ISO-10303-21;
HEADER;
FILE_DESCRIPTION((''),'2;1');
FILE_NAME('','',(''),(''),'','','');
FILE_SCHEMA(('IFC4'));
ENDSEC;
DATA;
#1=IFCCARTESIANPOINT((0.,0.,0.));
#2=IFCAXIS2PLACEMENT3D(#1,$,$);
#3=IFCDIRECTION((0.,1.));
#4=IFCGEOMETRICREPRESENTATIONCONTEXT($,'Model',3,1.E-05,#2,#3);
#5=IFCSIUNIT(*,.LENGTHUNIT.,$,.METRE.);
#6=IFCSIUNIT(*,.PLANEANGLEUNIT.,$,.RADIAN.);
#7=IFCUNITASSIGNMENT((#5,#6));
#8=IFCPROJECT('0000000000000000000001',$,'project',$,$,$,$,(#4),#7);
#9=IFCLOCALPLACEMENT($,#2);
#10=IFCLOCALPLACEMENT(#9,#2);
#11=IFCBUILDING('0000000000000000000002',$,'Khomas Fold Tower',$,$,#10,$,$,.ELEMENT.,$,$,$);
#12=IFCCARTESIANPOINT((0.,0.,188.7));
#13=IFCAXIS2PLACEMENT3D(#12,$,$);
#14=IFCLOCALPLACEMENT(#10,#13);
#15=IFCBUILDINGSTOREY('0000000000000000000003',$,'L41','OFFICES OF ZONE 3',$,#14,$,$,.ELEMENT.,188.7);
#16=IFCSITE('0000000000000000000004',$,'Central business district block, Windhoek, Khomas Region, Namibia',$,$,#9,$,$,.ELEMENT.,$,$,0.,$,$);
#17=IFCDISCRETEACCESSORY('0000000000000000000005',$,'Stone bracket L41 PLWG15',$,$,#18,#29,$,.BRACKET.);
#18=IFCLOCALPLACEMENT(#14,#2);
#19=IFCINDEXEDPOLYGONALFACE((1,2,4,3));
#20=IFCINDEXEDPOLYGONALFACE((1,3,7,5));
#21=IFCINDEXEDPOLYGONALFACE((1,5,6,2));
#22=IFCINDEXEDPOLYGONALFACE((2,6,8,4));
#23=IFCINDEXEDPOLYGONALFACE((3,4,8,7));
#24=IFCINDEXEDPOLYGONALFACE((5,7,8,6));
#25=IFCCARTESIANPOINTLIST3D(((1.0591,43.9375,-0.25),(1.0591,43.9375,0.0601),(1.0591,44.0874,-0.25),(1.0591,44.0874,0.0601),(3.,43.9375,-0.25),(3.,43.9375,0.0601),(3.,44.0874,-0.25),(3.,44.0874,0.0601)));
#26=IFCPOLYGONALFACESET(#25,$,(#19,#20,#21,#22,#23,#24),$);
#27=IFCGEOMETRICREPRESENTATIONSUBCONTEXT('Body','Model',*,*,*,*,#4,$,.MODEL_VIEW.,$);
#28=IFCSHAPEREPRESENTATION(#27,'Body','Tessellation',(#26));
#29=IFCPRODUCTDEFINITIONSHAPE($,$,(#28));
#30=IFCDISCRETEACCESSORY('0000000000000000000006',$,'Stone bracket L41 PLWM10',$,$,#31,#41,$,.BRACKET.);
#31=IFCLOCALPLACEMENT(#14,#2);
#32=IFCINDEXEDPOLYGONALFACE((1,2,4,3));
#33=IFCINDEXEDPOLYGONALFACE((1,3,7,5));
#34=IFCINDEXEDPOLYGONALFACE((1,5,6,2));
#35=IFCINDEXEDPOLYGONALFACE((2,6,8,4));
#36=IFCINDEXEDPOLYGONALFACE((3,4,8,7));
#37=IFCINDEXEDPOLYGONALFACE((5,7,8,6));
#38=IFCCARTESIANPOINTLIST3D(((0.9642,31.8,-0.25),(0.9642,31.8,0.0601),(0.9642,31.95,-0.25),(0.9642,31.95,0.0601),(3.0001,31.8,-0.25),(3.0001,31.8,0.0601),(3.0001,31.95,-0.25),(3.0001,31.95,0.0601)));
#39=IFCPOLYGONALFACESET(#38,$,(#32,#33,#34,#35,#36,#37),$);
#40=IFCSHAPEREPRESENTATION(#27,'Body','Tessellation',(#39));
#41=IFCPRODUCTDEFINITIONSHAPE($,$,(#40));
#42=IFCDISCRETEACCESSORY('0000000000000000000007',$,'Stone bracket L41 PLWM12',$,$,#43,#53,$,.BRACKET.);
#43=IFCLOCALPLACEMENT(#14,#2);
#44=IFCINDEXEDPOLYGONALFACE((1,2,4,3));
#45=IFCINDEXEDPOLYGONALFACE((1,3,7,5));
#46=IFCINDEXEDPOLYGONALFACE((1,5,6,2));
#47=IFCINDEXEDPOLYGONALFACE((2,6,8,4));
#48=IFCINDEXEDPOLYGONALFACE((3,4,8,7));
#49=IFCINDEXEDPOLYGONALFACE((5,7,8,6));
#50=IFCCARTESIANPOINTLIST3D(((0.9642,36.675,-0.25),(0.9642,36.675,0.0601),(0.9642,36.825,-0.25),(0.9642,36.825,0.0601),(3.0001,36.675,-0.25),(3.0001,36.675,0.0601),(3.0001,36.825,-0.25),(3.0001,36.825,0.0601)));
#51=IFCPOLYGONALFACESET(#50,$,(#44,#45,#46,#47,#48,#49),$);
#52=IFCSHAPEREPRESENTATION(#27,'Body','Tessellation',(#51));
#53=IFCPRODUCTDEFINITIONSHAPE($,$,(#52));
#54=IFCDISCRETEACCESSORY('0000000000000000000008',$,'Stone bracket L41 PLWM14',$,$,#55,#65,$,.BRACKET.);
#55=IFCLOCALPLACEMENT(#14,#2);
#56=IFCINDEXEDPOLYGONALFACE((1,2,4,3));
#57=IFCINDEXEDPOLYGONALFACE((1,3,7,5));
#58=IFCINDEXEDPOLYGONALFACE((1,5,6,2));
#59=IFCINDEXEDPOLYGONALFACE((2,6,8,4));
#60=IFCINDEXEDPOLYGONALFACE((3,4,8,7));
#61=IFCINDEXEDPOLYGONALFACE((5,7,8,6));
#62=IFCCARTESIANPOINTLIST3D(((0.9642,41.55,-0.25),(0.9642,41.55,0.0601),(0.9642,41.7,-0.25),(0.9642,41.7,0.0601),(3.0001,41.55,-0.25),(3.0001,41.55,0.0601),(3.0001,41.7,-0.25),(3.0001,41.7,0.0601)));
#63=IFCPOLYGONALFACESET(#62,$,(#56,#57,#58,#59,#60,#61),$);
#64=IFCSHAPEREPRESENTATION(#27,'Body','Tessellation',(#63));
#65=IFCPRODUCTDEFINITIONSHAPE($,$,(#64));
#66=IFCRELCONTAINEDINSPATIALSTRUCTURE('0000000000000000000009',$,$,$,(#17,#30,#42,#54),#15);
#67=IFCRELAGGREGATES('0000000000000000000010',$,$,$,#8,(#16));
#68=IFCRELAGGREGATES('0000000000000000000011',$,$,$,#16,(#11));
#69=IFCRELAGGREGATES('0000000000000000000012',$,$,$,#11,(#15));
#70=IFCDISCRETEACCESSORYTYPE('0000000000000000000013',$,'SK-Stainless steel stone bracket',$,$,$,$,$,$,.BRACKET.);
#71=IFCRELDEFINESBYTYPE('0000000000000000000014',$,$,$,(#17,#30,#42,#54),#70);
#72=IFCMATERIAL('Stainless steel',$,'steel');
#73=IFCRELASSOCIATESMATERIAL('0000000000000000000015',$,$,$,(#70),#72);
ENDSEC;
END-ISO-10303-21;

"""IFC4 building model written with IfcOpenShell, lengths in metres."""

from ifc_helpers import new_model, si_unit, direction, frame, origin, origin_2d, place, context, subcontext, project, spatial, rectangle, extrude, source, transform, mapped, material, type_object, element, save


model = new_model("IFC4")

# Units and contexts
model_context = context("Model", 3, precision=1e-05, world=origin(), true_north=direction((0.0, 1.0)))
body_context = subcontext(model_context, "Body", "Model", "MODEL_VIEW")
ifc_project = project(units=[si_unit("LENGTHUNIT", "METRE"), si_unit("PLANEANGLEUNIT", "RADIAN")], contexts=[model_context])

# Site, building, storey
site_placement = place(None, origin())
site = spatial("IfcSite", under=ifc_project, at=site_placement, Name="Central business district block, Windhoek, Khomas Region, Namibia", CompositionType="ELEMENT", RefElevation=0.0)
building_placement = place(site_placement, origin())
building = spatial("IfcBuilding", under=site, at=building_placement, Name="Khomas Fold Tower", CompositionType="ELEMENT")
storey_placement = place(building_placement, frame((0.0, 0.0, 188.7)))
storey = spatial("IfcBuildingStorey", under=building, at=storey_placement, Name="L41", Description="OFFICES OF ZONE 3", CompositionType="ELEMENT", Elevation=188.7)

# Discrete accessories
ifc_material_1 = material(Name="Stainless steel", Category="steel")
discrete_accessory_type = type_object("IfcDiscreteAccessoryType", Name="SK-Stainless steel stone bracket", PredefinedType="BRACKET", material=ifc_material_1)
shared_shape_1 = source(origin(), body_context, "Body", "SweptSolid", [
    extrude(rectangle(XDim=1.9409, YDim=0.1499, at=origin_2d()), origin(), (0.0, 0.0, 1.0), 0.3101),
])
for number, where, z_axis, x_axis, name in (
    (1, (2.0295, 44.0125, -0.25), (0.0, 0.0, 1.0), (-1.0, 0.0, 0.0), "Stone bracket L41 PLWG15"),
):
    element("IfcDiscreteAccessory", number, at=place(storey_placement, frame(where, z_axis=z_axis, x_axis=x_axis)), inside=storey, type_object=discrete_accessory_type, Name=name, PredefinedType="BRACKET", context=body_context, shape_type="MappedRepresentation", body=[
        mapped(shared_shape_1, transform((0.0, 0.0, 0.0))),
    ])
shared_shape_2 = source(origin(), body_context, "Body", "SweptSolid", [
    extrude(rectangle(XDim=2.0359, YDim=0.1499, at=origin_2d()), origin(), (0.0, 0.0, 1.0), 0.3101),
])
for number, where, z_axis, x_axis, name in (
    (2, (1.9822, 31.875, -0.25), (0.0, 0.0, 1.0), (-1.0, 0.0, 0.0), "Stone bracket L41 PLWM10"),
    (3, (1.9822, 36.75, -0.25), (0.0, 0.0, 1.0), (-1.0, 0.0, 0.0), "Stone bracket L41 PLWM12"),
    (4, (1.9822, 41.625, -0.25), (0.0, 0.0, 1.0), (-1.0, 0.0, 0.0), "Stone bracket L41 PLWM14"),
):
    element("IfcDiscreteAccessory", number, at=place(storey_placement, frame(where, z_axis=z_axis, x_axis=x_axis)), inside=storey, type_object=discrete_accessory_type, Name=name, PredefinedType="BRACKET", context=body_context, shape_type="MappedRepresentation", body=[
        mapped(shared_shape_2, transform((0.0, 0.0, 0.0))),
    ])

save(model, "model.ifc")
